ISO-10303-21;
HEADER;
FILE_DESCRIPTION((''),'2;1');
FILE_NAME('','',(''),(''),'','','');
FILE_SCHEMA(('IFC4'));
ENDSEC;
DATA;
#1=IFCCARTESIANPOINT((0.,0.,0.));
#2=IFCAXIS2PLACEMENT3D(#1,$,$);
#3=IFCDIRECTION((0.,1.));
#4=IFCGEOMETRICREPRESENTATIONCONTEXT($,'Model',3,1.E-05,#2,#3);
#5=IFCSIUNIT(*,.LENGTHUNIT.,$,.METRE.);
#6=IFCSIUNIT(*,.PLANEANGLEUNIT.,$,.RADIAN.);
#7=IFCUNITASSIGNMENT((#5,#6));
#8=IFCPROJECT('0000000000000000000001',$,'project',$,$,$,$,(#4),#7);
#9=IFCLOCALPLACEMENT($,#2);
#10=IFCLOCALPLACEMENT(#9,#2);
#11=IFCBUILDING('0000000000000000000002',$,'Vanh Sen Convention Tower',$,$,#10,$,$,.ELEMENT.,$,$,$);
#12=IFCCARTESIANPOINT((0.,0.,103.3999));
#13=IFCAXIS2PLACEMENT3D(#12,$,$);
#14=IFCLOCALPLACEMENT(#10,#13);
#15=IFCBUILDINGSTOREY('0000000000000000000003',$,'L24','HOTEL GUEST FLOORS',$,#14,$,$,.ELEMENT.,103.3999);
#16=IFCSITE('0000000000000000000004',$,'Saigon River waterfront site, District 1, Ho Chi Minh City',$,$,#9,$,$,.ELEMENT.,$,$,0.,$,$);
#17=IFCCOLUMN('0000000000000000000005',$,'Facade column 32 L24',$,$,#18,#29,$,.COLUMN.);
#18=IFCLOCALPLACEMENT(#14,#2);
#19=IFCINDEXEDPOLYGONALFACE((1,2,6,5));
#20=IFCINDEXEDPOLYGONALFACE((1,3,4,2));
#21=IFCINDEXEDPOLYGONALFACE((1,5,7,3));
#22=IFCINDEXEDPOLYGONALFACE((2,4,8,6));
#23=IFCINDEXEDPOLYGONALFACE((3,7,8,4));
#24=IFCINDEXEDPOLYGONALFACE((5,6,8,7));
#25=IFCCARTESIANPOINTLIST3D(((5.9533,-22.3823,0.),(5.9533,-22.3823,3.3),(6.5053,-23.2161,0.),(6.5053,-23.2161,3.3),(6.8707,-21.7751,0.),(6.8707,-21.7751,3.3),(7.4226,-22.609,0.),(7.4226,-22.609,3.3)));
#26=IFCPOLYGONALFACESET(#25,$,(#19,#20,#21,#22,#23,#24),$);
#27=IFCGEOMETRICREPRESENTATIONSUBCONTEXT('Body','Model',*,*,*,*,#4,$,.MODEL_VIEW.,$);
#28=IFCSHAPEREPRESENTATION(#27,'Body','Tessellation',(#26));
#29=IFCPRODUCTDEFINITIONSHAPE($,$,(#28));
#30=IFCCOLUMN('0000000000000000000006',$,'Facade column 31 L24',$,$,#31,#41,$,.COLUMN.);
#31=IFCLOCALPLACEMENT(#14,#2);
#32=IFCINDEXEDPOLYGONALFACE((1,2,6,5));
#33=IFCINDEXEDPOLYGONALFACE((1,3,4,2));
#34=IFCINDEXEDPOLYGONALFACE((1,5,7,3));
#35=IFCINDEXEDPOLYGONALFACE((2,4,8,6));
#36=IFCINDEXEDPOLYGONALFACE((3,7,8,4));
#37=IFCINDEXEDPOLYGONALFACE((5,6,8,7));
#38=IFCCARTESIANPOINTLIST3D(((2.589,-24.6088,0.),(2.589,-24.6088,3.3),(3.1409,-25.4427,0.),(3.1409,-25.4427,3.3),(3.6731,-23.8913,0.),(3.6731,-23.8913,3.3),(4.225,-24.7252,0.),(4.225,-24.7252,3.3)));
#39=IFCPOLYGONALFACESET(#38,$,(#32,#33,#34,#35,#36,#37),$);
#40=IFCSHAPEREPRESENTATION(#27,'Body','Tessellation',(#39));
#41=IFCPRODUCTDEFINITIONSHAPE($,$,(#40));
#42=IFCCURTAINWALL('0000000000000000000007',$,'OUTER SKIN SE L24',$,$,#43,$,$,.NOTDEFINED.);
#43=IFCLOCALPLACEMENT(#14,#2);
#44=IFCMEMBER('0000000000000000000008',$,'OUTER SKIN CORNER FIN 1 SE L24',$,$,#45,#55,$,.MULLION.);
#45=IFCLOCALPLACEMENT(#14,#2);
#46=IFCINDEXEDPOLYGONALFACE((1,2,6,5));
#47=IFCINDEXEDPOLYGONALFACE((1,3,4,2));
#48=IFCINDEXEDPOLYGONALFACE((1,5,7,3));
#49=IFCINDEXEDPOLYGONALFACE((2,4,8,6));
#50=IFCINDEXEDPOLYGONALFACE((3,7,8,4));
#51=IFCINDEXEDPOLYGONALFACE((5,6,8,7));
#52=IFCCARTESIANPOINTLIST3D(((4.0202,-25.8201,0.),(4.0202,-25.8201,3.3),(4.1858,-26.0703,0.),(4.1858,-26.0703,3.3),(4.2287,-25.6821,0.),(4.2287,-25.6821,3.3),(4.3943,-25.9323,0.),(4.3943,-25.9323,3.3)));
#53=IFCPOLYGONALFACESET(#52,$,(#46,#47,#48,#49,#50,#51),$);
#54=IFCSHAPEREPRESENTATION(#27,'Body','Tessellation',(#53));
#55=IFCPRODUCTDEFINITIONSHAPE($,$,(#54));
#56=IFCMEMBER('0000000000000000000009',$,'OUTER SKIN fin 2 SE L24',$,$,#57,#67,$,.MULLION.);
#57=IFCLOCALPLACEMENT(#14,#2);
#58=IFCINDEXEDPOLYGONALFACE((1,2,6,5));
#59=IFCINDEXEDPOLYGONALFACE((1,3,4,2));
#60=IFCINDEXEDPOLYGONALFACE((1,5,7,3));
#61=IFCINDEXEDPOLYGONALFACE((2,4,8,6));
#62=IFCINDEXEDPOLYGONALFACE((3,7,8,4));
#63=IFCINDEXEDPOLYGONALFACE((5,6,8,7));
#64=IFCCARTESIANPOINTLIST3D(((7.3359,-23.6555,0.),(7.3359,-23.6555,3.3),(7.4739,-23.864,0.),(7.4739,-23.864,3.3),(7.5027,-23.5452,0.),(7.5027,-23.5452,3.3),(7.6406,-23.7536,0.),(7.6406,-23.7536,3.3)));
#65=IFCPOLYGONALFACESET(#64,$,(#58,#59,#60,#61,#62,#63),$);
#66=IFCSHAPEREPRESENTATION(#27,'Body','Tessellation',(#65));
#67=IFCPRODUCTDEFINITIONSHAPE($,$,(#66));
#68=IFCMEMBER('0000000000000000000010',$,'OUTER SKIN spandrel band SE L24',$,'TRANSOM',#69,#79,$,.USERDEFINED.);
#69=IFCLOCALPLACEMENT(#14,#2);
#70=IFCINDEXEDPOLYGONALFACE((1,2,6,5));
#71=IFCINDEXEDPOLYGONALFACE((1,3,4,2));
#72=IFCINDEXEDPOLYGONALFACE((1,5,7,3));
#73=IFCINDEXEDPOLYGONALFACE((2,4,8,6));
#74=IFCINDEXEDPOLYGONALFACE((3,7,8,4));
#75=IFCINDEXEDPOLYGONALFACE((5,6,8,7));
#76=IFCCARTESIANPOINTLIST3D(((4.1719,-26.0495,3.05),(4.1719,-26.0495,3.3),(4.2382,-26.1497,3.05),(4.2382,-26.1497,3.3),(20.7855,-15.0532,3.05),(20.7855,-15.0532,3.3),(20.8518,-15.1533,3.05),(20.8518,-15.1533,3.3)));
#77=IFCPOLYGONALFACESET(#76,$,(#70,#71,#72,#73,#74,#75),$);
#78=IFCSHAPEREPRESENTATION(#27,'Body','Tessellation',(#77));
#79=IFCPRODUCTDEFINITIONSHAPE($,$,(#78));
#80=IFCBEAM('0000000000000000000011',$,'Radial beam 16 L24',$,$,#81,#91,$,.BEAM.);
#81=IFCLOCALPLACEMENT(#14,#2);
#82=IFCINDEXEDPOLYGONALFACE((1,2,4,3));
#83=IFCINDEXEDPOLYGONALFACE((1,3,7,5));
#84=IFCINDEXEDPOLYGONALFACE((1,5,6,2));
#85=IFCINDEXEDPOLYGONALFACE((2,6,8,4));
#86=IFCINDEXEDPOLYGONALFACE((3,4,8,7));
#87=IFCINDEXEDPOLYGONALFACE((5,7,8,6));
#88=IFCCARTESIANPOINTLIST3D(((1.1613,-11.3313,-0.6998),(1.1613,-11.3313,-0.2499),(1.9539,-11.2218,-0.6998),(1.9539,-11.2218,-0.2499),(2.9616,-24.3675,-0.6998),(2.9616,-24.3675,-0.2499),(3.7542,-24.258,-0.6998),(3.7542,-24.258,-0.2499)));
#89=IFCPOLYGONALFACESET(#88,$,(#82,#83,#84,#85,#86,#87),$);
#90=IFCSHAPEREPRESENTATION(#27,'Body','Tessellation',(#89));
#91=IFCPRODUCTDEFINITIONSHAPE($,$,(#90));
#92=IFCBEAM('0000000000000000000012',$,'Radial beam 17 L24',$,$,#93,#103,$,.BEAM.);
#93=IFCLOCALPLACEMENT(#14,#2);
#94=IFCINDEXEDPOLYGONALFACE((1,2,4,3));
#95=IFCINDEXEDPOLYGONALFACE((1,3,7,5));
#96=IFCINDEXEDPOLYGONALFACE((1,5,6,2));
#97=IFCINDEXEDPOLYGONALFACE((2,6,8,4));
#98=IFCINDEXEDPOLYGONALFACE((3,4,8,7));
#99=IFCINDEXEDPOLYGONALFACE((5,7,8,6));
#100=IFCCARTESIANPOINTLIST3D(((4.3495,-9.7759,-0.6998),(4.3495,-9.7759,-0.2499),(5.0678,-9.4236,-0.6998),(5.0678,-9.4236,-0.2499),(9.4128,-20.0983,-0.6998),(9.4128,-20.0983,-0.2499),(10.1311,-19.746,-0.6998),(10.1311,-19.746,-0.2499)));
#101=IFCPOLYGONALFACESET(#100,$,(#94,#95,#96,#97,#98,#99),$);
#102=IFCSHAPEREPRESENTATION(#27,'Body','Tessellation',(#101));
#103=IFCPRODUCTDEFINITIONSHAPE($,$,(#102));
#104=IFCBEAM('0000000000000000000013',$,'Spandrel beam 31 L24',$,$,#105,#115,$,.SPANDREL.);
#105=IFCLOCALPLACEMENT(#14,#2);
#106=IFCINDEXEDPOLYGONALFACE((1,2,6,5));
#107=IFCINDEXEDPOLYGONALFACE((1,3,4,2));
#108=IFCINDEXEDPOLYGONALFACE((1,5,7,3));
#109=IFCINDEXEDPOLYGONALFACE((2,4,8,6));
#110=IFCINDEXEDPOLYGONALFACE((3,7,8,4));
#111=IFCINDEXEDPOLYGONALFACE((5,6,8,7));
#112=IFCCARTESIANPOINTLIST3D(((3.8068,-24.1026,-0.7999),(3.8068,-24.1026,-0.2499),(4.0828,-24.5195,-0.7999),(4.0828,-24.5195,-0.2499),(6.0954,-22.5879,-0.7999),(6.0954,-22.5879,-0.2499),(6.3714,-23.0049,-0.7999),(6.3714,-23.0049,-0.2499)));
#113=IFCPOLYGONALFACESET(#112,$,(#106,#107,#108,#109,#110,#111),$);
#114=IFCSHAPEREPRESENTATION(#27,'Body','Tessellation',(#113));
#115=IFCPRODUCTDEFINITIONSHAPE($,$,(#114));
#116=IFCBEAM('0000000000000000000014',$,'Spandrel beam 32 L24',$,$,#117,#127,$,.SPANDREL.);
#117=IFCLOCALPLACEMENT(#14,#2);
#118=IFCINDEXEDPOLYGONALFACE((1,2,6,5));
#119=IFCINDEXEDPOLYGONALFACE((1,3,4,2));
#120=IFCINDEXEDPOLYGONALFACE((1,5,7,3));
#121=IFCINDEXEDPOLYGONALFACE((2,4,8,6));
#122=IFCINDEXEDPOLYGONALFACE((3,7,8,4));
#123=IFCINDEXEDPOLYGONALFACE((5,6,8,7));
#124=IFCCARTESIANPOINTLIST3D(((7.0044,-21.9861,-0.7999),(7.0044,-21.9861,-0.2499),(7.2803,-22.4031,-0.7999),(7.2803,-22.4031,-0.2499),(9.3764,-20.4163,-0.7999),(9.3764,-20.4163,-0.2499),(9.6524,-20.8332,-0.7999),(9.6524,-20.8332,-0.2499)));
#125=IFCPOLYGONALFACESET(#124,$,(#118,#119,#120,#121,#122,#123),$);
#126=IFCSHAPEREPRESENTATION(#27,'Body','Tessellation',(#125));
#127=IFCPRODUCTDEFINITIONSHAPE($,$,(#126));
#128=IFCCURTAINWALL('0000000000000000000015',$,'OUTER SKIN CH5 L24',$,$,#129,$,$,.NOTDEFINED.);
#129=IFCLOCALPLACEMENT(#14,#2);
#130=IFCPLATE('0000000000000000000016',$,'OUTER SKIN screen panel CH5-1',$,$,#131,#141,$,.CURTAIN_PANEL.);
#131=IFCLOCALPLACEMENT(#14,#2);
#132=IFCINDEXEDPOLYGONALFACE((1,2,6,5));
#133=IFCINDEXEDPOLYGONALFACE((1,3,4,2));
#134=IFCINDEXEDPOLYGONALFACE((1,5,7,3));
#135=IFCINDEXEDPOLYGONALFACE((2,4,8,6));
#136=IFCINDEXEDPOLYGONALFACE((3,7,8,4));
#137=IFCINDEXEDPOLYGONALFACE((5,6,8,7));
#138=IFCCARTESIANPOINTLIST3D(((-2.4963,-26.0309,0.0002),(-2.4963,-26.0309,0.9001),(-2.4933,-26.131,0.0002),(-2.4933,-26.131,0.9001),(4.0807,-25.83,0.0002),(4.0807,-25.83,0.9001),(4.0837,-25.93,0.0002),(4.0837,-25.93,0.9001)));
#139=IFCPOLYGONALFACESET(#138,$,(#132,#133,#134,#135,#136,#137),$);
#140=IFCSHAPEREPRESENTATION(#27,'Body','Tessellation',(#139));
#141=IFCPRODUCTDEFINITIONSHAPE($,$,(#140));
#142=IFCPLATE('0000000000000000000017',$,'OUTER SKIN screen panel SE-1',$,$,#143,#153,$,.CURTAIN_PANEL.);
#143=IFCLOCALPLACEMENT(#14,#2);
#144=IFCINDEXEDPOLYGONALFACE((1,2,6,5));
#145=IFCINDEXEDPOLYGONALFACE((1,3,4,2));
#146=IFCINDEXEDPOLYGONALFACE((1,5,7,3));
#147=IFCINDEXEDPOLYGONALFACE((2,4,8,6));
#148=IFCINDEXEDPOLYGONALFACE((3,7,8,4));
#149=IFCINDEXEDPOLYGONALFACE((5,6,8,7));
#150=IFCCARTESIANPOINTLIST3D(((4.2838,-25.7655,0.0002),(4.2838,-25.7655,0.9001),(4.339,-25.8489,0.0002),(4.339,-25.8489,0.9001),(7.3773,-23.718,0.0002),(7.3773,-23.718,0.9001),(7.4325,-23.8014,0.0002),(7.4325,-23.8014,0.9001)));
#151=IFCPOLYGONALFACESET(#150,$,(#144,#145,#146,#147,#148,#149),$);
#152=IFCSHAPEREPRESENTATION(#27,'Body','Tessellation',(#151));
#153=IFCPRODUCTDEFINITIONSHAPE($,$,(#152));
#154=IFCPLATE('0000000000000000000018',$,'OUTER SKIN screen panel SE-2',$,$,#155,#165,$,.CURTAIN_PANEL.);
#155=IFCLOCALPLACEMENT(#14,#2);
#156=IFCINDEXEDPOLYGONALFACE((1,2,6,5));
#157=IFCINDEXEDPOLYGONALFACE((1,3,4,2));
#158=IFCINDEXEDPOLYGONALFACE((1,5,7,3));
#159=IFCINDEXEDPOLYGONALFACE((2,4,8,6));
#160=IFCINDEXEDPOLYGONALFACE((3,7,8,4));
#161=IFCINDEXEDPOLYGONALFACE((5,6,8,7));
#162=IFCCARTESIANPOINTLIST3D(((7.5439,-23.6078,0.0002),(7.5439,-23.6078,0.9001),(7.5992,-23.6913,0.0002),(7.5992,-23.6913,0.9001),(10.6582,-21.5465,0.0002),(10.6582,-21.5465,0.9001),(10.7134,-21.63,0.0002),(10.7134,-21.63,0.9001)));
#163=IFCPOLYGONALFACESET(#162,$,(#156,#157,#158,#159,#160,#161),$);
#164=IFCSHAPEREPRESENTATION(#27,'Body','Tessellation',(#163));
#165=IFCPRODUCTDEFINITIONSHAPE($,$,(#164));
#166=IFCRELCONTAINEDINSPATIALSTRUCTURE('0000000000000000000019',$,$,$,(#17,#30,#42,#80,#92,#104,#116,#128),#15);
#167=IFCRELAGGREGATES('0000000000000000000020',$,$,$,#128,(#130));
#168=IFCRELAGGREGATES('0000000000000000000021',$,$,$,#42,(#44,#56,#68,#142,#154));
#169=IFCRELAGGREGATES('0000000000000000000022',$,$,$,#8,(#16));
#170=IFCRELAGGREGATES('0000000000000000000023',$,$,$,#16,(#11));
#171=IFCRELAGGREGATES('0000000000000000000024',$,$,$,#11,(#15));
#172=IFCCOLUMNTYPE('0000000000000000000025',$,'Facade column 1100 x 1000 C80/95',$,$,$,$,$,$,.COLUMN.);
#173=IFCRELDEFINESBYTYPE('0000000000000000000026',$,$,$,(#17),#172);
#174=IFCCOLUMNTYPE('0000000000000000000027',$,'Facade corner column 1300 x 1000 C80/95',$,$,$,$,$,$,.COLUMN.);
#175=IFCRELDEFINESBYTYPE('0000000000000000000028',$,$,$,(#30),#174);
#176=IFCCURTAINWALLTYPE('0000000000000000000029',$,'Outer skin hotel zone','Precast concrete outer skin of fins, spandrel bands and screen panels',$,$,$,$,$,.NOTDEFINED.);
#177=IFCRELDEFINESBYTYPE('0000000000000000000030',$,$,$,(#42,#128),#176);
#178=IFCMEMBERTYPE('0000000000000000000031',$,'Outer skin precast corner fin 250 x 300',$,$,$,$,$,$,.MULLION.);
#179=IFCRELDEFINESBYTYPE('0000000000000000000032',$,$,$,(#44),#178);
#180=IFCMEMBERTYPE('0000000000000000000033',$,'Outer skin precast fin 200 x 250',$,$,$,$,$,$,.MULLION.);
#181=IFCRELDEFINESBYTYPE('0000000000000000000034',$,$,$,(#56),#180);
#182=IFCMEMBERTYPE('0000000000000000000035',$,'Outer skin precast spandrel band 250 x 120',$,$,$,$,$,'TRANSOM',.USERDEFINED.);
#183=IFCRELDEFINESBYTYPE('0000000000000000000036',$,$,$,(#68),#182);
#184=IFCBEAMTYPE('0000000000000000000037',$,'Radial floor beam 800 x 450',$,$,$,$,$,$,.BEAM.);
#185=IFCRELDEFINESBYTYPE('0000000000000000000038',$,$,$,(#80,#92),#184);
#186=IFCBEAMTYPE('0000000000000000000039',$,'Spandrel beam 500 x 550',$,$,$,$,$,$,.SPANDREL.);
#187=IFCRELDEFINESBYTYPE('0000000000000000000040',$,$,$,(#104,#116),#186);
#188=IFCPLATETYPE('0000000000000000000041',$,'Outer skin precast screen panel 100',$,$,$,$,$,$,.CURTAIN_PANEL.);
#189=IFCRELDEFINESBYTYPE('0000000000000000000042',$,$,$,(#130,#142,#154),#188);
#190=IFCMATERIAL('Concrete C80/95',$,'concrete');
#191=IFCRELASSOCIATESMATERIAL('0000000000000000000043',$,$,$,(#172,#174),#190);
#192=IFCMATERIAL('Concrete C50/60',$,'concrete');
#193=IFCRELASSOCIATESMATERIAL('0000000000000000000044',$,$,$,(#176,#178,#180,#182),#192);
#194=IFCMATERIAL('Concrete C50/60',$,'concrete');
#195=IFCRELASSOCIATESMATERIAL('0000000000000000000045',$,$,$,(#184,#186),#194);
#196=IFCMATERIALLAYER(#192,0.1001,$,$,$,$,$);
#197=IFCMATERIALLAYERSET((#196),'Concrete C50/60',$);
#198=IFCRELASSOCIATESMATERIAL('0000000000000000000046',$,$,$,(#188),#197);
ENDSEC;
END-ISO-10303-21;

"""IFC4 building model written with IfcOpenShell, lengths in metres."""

from ifc_helpers import new_model, si_unit, direction, frame, origin, origin_2d, place, context, subcontext, project, spatial, rectangle, extrude, material, layer, layer_set, material_profile, profile_set, type_object, element, aggregate, save


model = new_model("IFC4")

# Units and contexts
model_context = context("Model", 3, precision=1e-05, world=origin(), true_north=direction((0.0, 1.0)))
body_context = subcontext(model_context, "Body", "Model", "MODEL_VIEW")
ifc_project = project(units=[si_unit("LENGTHUNIT", "METRE"), si_unit("PLANEANGLEUNIT", "RADIAN")], contexts=[model_context])

# Site, building, storey
site_placement = place(None, origin())
site = spatial("IfcSite", under=ifc_project, at=site_placement, Name="Saigon River waterfront site, District 1, Ho Chi Minh City", CompositionType="ELEMENT", RefElevation=0.0)
building_placement = place(site_placement, origin())
building = spatial("IfcBuilding", under=site, at=building_placement, Name="Vanh Sen Convention Tower", CompositionType="ELEMENT")
storey_placement = place(building_placement, frame((0.0, 0.0, 103.3999)))
storey = spatial("IfcBuildingStorey", under=building, at=storey_placement, Name="L24", Description="HOTEL GUEST FLOORS", CompositionType="ELEMENT", Elevation=103.3999)

# Columns
ifc_material_1 = material(Name="Concrete C80/95", Category="concrete")
ifc_material_profile_1 = material_profile(ifc_material_1, rectangle(XDim=1.1001, YDim=1.0, at=origin_2d()), Name="RC 1100X1000")
ifc_profile_set_1 = profile_set([ifc_material_profile_1], Name="Concrete C80/95")
column_type_1 = type_object("IfcColumnType", Name="Facade column 1100 x 1000 C80/95", PredefinedType="COLUMN", material=ifc_profile_set_1)
column_1_placement = place(storey_placement, frame((6.688, -22.4956, 0.0), z_axis=(0.0, 0.0, 1.0), x_axis=(0.833886, 0.551937, 0.0)))
element("IfcColumn", 1, at=column_1_placement, inside=storey, type_object=column_type_1, Name="Facade column 32 L24", PredefinedType="COLUMN", context=body_context, shape_type="SweptSolid", body=[
    extrude(rectangle(XDim=1.1001, YDim=1.0, at=origin_2d()), origin(), (0.0, 0.0, 1.0), 3.3),
])
ifc_material_profile_2 = material_profile(ifc_material_1, rectangle(XDim=1.3, YDim=1.0, at=origin_2d()), Name="RC 1300X1000")
ifc_profile_set_2 = profile_set([ifc_material_profile_2], Name="Concrete C80/95")
column_type_2 = type_object("IfcColumnType", Name="Facade corner column 1300 x 1000 C80/95", PredefinedType="COLUMN", material=ifc_profile_set_2)
column_2_placement = place(storey_placement, frame((3.407, -24.667, 0.0), z_axis=(0.0, 0.0, 1.0), x_axis=(0.833886, 0.551937, 0.0)))
element("IfcColumn", 2, at=column_2_placement, inside=storey, type_object=column_type_2, Name="Facade column 31 L24", PredefinedType="COLUMN", context=body_context, shape_type="SweptSolid", body=[
    extrude(rectangle(XDim=1.3, YDim=1.0, at=origin_2d()), origin(), (0.0, 0.0, 1.0), 3.3),
])

# Curtain wall, members
ifc_material_2 = material(Name="Concrete C50/60", Category="concrete")
curtain_wall_type = type_object("IfcCurtainWallType", Name="Outer skin hotel zone", Description="Precast concrete outer skin of fins, spandrel bands and screen panels", PredefinedType="NOTDEFINED", material=ifc_material_2)
curtain_wall_1_placement = place(storey_placement, origin())
curtain_wall_1 = element("IfcCurtainWall", 3, at=curtain_wall_1_placement, inside=storey, type_object=curtain_wall_type, Name="OUTER SKIN SE L24", PredefinedType="NOTDEFINED")
ifc_material_profile_3 = material_profile(ifc_material_2, rectangle(XDim=0.25, YDim=0.3, at=origin_2d()), Name="Outer skin precast corner fin 250 x 300")
ifc_profile_set_3 = profile_set([ifc_material_profile_3], Name="Concrete C50/60")
member_type_1 = type_object("IfcMemberType", Name="Outer skin precast corner fin 250 x 300", PredefinedType="MULLION", material=ifc_profile_set_3)
member_1_placement = place(storey_placement, frame((4.2073, -25.8762, 0.0), z_axis=(0.0, 0.0, 1.0), x_axis=(0.833886, 0.551937, 0.0)))
member_1 = element("IfcMember", 4, at=member_1_placement, type_object=member_type_1, Name="OUTER SKIN CORNER FIN 1 SE L24", PredefinedType="MULLION", context=body_context, shape_type="SweptSolid", body=[
    extrude(rectangle(XDim=0.25, YDim=0.3, at=origin_2d()), origin(), (0.0, 0.0, 1.0), 3.3),
])
ifc_material_profile_4 = material_profile(ifc_material_2, rectangle(XDim=0.2, YDim=0.25, at=origin_2d()), Name="Outer skin precast fin 200 x 250")
ifc_profile_set_4 = profile_set([ifc_material_profile_4], Name="Concrete C50/60")
member_type_2 = type_object("IfcMemberType", Name="Outer skin precast fin 200 x 250", PredefinedType="MULLION", material=ifc_profile_set_4)
member_2_placement = place(storey_placement, frame((7.4883, -23.7046, 0.0), z_axis=(0.0, 0.0, 1.0), x_axis=(0.833886, 0.551937, 0.0)))
member_2 = element("IfcMember", 5, at=member_2_placement, type_object=member_type_2, Name="OUTER SKIN fin 2 SE L24", PredefinedType="MULLION", context=body_context, shape_type="SweptSolid", body=[
    extrude(rectangle(XDim=0.2, YDim=0.25, at=origin_2d()), origin(), (0.0, 0.0, 1.0), 3.3),
])
ifc_material_profile_5 = material_profile(ifc_material_2, rectangle(XDim=0.1201, YDim=0.25, at=origin_2d()), Name="Outer skin precast spandrel band 250 x 120")
ifc_profile_set_5 = profile_set([ifc_material_profile_5], Name="Concrete C50/60")
member_type_3 = type_object("IfcMemberType", Name="Outer skin precast spandrel band 250 x 120", ElementType="TRANSOM", PredefinedType="USERDEFINED", material=ifc_profile_set_5)
member_3_placement = place(storey_placement, frame((4.2051, -26.0996, 3.175), z_axis=(0.833884, 0.55194, 0.0), x_axis=(-0.55194, 0.833884, 0.0)))
member_3 = element("IfcMember", 6, at=member_3_placement, type_object=member_type_3, Name="OUTER SKIN spandrel band SE L24", ObjectType="TRANSOM", PredefinedType="USERDEFINED", context=body_context, shape_type="SweptSolid", body=[
    extrude(rectangle(XDim=0.1201, YDim=0.25, at=origin_2d()), origin(), (0.0, 0.0, 1.0), 19.9231),
])

# Beams
ifc_material_3 = material(Name="Concrete C50/60", Category="concrete")
ifc_material_profile_6 = material_profile(ifc_material_3, rectangle(XDim=0.8, YDim=0.45, at=origin_2d()), Name="RC 800X450")
ifc_profile_set_6 = profile_set([ifc_material_profile_6], Name="Concrete C50/60")
beam_type_1 = type_object("IfcBeamType", Name="Radial floor beam 800 x 450", PredefinedType="BEAM", material=ifc_profile_set_6)
beam_1_placement = place(storey_placement, frame((3.3579, -24.3127, -0.4749), z_axis=(-0.136802, 0.990598, 0.0), x_axis=(-0.990598, -0.136802, 0.0)))
element("IfcBeam", 7, at=beam_1_placement, inside=storey, type_object=beam_type_1, Name="Radial beam 16 L24", PredefinedType="BEAM", context=body_context, shape_type="SweptSolid", body=[
    extrude(rectangle(XDim=0.8, YDim=0.45, at=origin_2d()), origin(), (0.0, 0.0, 1.0), 13.1599),
])
beam_2_placement = place(storey_placement, frame((9.772, -19.9221, -0.4749), z_axis=(-0.440389, 0.897807, 0.0), x_axis=(-0.897807, -0.440389, 0.0)))
element("IfcBeam", 8, at=beam_2_placement, inside=storey, type_object=beam_type_1, Name="Radial beam 17 L24", PredefinedType="BEAM", context=body_context, shape_type="SweptSolid", body=[
    extrude(rectangle(XDim=0.8, YDim=0.45, at=origin_2d()), origin(), (0.0, 0.0, 1.0), 11.4973),
])
ifc_material_profile_7 = material_profile(ifc_material_3, rectangle(XDim=0.5, YDim=0.55, at=origin_2d()), Name="RC 500X550")
ifc_profile_set_7 = profile_set([ifc_material_profile_7], Name="Concrete C50/60")
beam_type_2 = type_object("IfcBeamType", Name="Spandrel beam 500 x 550", PredefinedType="SPANDREL", material=ifc_profile_set_7)
beam_3_placement = place(storey_placement, frame((3.9448, -24.311, -0.5249), z_axis=(0.833907, 0.551905, 0.0), x_axis=(-0.551905, 0.833907, 0.0)))
element("IfcBeam", 9, at=beam_3_placement, inside=storey, type_object=beam_type_2, Name="Spandrel beam 31 L24", PredefinedType="SPANDREL", context=body_context, shape_type="SweptSolid", body=[
    extrude(rectangle(XDim=0.5, YDim=0.55, at=origin_2d()), origin(), (0.0, 0.0, 1.0), 2.7444),
])
beam_4_placement = place(storey_placement, frame((7.1423, -22.1946, -0.5249), z_axis=(0.833921, 0.551884, 0.0), x_axis=(-0.551884, 0.833921, 0.0)))
element("IfcBeam", 10, at=beam_4_placement, inside=storey, type_object=beam_type_2, Name="Spandrel beam 32 L24", PredefinedType="SPANDREL", context=body_context, shape_type="SweptSolid", body=[
    extrude(rectangle(XDim=0.5, YDim=0.55, at=origin_2d()), origin(), (0.0, 0.0, 1.0), 2.8445),
])

# Curtain wall, plate
curtain_wall_2_placement = place(storey_placement, origin())
curtain_wall_2 = element("IfcCurtainWall", 11, at=curtain_wall_2_placement, inside=storey, type_object=curtain_wall_type, Name="OUTER SKIN CH5 L24", PredefinedType="NOTDEFINED")
ifc_layer_1 = layer(ifc_material_2, 0.1001)
ifc_layer_set_1 = layer_set([ifc_layer_1], Name="Concrete C50/60")
plate_type = type_object("IfcPlateType", Name="Outer skin precast screen panel 100", PredefinedType="CURTAIN_PANEL", material=ifc_layer_set_1)
plate_1_placement = place(storey_placement, frame((0.7937, -25.9805, 0.0002), z_axis=(0.0, 0.0, 1.0), x_axis=(0.999533, 0.030542, 0.0)))
plate_1 = element("IfcPlate", 12, at=plate_1_placement, type_object=plate_type, Name="OUTER SKIN screen panel CH5-1", PredefinedType="CURTAIN_PANEL", context=body_context, shape_type="SweptSolid", body=[
    extrude(rectangle(XDim=6.5801, YDim=0.1001, at=origin_2d()), origin(), (0.0, 0.0, 1.0), 0.8999),
])
aggregate(curtain_wall_2, [plate_1])

# Plates
plate_2_placement = place(storey_placement, frame((5.8582, -24.7834, 0.0002), z_axis=(0.0, 0.0, 1.0), x_axis=(0.833892, 0.551928, 0.0)))
plate_2 = element("IfcPlate", 13, at=plate_2_placement, type_object=plate_type, Name="OUTER SKIN screen panel SE-1", PredefinedType="CURTAIN_PANEL", context=body_context, shape_type="SweptSolid", body=[
    extrude(rectangle(XDim=3.7097, YDim=0.1001, at=origin_2d()), origin(), (0.0, 0.0, 1.0), 0.8999),
])
plate_3_placement = place(storey_placement, frame((9.1287, -22.6189, 0.0002), z_axis=(0.0, 0.0, 1.0), x_axis=(0.833892, 0.551928, 0.0)))
plate_3 = element("IfcPlate", 14, at=plate_3_placement, type_object=plate_type, Name="OUTER SKIN screen panel SE-2", PredefinedType="CURTAIN_PANEL", context=body_context, shape_type="SweptSolid", body=[
    extrude(rectangle(XDim=3.7346, YDim=0.1001, at=origin_2d()), origin(), (0.0, 0.0, 1.0), 0.8999),
])
aggregate(curtain_wall_1, [member_1, member_2, member_3, plate_2, plate_3])

save(model, "model.ifc")
